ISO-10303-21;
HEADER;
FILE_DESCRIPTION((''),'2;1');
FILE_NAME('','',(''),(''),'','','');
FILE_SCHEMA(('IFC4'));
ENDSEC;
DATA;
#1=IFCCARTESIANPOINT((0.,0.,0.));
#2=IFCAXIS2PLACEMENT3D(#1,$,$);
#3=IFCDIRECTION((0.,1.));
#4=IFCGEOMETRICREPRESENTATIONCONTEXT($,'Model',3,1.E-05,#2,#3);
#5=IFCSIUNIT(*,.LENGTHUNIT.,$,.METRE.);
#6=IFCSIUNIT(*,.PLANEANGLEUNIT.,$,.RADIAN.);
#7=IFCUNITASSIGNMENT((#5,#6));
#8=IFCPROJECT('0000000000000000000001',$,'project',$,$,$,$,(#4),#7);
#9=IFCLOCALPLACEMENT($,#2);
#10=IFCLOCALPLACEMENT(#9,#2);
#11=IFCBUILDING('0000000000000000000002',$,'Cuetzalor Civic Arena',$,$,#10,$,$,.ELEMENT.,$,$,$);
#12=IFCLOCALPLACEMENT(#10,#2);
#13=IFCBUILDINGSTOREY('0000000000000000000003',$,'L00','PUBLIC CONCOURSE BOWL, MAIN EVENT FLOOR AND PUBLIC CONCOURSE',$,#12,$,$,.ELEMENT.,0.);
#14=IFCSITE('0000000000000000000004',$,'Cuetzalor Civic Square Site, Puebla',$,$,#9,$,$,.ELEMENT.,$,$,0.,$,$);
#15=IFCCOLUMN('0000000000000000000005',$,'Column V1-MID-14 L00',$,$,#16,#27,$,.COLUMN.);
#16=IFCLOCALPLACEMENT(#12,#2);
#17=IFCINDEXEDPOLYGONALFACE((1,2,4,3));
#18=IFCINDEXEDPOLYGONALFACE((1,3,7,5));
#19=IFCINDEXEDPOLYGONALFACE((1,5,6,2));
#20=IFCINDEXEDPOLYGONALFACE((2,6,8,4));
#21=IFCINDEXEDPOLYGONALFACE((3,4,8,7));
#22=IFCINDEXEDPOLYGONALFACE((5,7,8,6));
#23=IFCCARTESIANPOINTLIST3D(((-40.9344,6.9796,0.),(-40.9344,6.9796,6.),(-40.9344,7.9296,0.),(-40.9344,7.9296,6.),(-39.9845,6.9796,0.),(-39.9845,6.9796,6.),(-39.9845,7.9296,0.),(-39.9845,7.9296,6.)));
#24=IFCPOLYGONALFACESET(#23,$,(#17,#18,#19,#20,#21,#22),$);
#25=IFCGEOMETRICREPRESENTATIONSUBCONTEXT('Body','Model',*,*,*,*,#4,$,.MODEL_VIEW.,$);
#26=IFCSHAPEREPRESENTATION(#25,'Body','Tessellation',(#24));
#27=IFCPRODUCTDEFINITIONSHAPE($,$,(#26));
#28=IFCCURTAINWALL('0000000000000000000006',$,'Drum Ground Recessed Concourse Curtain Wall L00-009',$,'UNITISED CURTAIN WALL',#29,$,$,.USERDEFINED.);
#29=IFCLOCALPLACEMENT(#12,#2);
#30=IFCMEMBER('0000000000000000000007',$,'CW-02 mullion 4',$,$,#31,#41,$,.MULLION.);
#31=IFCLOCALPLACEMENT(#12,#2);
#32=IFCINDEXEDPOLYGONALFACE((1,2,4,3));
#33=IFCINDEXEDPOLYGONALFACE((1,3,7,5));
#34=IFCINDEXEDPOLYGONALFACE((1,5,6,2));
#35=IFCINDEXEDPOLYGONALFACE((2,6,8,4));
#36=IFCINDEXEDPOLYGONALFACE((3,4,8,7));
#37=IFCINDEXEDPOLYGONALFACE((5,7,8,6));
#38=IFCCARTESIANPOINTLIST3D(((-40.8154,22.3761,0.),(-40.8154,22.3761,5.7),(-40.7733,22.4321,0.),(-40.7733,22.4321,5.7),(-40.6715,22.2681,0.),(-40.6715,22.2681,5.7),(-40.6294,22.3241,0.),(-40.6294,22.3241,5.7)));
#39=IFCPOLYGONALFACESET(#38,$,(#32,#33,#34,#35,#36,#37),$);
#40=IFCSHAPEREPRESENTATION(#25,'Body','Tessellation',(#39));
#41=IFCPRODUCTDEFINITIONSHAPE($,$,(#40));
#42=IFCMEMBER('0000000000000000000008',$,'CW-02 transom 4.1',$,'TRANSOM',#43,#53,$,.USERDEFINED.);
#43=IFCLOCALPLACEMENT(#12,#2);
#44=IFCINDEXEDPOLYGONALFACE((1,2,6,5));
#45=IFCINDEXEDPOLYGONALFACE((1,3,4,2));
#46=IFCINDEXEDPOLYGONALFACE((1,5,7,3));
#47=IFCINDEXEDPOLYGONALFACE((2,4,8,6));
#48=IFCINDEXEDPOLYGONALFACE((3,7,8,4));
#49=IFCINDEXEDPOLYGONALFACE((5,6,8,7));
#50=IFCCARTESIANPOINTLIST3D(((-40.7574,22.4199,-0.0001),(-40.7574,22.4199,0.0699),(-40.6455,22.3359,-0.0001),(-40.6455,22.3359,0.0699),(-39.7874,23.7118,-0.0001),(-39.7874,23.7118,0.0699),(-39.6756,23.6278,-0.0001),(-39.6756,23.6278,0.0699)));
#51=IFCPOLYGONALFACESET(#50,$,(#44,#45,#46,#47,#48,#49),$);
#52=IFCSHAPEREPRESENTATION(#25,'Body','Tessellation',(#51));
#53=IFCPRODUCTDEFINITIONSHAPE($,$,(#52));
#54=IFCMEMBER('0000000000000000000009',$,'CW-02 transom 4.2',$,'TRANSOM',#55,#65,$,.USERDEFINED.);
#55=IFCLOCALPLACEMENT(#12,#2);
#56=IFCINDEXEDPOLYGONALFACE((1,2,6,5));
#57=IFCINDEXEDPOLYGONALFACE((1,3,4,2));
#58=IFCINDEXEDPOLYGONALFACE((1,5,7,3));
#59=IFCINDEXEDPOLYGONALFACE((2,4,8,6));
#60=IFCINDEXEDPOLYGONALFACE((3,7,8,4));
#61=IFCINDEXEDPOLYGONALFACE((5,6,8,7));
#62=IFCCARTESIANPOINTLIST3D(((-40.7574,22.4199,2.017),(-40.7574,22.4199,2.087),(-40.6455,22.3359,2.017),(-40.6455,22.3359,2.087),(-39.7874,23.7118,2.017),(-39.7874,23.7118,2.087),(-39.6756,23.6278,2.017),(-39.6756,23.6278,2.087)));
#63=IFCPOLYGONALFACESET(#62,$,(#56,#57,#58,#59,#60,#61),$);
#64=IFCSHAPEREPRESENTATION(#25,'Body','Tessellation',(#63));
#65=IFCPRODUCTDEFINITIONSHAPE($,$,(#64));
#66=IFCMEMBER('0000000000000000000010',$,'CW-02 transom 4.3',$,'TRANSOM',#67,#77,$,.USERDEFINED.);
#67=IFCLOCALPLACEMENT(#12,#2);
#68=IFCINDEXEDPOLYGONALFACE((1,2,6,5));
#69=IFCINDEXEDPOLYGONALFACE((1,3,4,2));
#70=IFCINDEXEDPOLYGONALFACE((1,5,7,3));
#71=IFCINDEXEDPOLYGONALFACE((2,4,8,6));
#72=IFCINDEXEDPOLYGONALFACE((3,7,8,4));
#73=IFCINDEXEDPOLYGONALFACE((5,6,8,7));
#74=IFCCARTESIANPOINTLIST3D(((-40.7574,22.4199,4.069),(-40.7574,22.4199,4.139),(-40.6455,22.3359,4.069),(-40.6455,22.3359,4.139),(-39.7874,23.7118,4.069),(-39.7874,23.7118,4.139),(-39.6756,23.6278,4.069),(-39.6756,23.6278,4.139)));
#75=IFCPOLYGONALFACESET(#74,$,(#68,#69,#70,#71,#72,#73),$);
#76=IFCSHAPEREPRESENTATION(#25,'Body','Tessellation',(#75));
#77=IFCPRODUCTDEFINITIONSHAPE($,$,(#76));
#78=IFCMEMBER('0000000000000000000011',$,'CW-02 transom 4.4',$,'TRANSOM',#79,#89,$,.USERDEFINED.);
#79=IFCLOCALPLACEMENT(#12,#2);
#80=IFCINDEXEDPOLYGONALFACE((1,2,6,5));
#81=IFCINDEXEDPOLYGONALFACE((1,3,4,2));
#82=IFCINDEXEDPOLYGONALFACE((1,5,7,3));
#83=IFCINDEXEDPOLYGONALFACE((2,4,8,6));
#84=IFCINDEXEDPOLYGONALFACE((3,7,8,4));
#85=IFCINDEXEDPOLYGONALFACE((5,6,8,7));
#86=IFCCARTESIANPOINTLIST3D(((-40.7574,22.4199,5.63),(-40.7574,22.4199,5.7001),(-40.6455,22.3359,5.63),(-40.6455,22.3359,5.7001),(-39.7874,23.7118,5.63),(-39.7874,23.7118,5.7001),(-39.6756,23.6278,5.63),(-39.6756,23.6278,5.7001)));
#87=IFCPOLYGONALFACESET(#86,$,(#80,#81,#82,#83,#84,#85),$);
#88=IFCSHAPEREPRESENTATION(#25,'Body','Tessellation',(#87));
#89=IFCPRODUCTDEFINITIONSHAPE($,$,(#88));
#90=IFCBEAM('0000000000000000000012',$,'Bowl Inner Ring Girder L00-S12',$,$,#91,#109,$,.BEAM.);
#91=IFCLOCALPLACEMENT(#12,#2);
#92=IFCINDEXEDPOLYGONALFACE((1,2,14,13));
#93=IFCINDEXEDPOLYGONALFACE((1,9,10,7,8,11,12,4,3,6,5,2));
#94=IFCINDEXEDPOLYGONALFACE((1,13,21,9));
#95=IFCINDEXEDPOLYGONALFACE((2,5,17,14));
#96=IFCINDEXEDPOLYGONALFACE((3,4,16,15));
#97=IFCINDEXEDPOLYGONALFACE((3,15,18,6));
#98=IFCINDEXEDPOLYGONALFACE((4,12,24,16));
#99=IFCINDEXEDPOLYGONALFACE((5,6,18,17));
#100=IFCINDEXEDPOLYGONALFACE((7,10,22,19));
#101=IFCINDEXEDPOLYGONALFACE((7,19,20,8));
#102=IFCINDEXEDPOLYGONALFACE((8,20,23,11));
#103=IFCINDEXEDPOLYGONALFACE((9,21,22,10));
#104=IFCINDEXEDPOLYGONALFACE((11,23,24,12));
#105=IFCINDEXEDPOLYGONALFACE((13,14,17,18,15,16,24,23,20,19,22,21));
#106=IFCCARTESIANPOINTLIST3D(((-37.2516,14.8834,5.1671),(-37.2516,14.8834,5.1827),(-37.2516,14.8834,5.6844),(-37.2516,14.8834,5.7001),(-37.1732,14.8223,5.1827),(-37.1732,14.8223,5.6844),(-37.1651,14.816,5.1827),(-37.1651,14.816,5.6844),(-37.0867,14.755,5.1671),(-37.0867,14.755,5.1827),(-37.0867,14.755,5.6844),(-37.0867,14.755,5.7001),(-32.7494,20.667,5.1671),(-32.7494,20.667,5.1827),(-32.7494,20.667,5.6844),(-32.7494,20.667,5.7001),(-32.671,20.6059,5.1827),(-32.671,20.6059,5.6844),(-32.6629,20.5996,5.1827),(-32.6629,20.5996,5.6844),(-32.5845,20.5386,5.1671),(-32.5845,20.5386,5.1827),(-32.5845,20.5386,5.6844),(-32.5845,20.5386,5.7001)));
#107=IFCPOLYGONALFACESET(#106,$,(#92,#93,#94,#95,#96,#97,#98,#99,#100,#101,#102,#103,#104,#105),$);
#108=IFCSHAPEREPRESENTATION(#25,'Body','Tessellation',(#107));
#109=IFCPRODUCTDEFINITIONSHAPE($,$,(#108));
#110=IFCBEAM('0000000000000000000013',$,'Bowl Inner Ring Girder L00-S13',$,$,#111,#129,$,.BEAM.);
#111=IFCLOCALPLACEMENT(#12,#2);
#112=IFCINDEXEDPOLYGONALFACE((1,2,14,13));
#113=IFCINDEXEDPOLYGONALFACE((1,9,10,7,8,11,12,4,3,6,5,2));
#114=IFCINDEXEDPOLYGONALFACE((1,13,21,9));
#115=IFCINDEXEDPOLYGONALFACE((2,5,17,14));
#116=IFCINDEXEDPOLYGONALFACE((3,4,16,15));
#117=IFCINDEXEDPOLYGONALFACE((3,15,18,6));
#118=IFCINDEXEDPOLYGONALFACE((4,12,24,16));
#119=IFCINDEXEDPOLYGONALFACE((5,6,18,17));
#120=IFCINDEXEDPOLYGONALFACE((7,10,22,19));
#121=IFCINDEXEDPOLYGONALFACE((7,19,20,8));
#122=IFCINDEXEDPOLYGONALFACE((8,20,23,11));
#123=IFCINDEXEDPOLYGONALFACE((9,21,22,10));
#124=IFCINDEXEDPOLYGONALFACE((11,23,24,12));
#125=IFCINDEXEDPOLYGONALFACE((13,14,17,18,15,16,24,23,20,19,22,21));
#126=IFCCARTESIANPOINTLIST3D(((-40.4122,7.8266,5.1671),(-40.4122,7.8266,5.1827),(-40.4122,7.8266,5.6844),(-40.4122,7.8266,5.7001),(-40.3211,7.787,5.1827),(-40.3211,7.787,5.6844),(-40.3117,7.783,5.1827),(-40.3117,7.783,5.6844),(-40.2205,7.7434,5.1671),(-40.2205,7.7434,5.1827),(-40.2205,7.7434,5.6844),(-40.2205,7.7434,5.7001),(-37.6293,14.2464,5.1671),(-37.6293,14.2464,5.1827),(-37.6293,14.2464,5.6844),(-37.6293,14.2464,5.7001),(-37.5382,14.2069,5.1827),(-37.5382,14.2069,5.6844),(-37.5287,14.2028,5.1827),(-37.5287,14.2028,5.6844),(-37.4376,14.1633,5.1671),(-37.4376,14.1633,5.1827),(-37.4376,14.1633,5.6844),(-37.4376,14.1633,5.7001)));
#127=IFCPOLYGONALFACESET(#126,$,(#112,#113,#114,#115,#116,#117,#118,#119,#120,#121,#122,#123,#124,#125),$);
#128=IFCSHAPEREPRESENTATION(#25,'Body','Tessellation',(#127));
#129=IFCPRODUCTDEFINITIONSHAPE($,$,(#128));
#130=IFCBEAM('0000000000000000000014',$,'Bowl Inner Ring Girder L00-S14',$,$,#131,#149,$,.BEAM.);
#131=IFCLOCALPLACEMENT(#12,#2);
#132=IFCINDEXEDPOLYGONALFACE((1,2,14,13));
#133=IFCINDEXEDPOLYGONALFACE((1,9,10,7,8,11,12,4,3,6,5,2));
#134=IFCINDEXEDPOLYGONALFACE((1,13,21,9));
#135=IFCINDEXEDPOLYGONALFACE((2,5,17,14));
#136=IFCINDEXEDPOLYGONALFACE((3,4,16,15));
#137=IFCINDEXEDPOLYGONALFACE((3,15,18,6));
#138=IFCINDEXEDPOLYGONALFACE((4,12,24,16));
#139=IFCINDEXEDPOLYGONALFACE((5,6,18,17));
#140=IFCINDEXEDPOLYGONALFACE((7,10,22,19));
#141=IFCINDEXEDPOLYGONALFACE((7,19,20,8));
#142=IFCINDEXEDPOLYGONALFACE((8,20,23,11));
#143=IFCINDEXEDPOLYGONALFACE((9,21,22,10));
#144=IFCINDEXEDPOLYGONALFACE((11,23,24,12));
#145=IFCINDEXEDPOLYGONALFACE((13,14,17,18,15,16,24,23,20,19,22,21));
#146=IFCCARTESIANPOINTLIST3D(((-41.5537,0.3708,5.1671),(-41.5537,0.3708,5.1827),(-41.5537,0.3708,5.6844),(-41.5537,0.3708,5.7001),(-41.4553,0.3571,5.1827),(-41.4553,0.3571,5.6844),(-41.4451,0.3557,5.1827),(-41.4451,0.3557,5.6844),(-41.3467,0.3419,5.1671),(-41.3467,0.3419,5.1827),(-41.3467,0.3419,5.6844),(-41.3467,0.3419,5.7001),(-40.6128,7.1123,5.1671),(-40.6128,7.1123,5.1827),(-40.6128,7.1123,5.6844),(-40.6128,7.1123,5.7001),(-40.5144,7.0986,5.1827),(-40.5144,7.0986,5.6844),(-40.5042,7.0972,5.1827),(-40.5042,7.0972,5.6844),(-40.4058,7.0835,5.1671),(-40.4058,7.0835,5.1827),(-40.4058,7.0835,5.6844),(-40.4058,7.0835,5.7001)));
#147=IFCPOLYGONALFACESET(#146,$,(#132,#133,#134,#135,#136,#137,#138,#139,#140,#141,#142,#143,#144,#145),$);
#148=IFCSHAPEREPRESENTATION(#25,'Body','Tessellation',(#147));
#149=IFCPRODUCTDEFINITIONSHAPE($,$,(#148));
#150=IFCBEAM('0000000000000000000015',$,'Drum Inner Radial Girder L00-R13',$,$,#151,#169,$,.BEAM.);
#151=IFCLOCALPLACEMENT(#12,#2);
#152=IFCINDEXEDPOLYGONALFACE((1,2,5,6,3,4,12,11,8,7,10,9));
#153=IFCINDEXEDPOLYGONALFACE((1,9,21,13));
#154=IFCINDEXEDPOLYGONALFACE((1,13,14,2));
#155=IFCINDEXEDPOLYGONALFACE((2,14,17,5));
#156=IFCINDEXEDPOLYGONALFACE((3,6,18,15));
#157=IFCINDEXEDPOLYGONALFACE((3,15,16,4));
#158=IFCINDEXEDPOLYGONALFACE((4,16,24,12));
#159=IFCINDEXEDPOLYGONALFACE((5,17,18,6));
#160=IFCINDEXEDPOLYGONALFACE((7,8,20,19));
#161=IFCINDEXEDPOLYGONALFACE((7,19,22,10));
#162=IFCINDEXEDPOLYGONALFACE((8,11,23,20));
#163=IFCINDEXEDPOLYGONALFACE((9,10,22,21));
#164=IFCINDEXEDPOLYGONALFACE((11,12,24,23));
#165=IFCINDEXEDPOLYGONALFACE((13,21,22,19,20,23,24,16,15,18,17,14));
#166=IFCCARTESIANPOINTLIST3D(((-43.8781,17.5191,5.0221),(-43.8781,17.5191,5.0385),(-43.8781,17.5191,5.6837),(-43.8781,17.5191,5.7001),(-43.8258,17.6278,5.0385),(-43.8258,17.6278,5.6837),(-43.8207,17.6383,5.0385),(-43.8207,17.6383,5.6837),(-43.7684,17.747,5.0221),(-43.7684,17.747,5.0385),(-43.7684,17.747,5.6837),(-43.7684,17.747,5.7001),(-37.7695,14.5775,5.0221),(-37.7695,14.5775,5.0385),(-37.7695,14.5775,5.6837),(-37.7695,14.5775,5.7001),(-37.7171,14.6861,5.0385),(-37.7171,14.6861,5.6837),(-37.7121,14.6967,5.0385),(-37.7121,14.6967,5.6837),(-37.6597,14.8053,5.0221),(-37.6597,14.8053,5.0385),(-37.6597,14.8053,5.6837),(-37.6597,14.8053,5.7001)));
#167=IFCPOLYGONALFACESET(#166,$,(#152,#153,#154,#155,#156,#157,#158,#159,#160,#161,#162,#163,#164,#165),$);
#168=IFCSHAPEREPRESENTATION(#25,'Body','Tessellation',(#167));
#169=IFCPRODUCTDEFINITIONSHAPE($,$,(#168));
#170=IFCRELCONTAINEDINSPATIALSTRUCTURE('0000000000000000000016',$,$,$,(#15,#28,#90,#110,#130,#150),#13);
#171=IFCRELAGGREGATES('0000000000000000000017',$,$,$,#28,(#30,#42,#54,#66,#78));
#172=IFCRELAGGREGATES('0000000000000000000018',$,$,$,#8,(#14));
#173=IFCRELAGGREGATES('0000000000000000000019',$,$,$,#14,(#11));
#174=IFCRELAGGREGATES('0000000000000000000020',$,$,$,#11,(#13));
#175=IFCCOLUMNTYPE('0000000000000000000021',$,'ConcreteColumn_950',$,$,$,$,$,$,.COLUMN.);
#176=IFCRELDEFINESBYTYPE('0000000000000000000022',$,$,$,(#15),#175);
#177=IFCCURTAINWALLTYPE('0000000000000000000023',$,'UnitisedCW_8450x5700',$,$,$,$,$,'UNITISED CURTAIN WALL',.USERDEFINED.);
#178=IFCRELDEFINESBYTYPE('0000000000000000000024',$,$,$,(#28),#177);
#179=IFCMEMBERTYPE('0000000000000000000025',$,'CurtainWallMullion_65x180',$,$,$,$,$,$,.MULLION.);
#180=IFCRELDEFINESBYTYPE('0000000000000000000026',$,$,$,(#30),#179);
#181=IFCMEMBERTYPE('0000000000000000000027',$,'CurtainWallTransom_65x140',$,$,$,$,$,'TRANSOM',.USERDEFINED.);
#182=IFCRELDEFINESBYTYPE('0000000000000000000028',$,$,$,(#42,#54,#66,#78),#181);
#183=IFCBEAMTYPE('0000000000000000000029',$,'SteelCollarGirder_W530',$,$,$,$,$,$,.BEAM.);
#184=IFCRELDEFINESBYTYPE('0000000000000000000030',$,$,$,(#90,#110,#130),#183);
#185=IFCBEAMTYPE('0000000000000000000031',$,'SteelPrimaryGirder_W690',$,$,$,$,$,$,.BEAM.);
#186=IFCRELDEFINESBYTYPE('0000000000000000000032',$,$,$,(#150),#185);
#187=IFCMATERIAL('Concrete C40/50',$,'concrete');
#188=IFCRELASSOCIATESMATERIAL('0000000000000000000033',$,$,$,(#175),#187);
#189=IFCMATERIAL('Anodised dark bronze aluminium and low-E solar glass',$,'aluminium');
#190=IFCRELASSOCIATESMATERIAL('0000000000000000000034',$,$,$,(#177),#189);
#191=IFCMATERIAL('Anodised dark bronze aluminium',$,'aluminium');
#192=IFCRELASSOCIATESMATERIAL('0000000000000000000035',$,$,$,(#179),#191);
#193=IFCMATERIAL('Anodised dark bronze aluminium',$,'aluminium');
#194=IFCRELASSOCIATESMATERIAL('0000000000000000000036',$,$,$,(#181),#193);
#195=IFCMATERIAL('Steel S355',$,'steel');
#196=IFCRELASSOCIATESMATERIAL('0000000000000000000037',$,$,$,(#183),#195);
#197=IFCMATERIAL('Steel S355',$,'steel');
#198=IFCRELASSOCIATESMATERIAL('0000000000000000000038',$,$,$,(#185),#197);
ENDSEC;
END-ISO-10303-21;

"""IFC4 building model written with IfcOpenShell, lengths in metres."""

from ifc_helpers import new_model, si_unit, direction, frame, origin, origin_2d, place, context, subcontext, project, spatial, rectangle, i_section, extrude, material, material_profile, profile_set, type_object, element, aggregate, save


model = new_model("IFC4")

# Units and contexts
model_context = context("Model", 3, precision=1e-05, world=origin(), true_north=direction((0.0, 1.0)))
body_context = subcontext(model_context, "Body", "Model", "MODEL_VIEW")
ifc_project = project(units=[si_unit("LENGTHUNIT", "METRE"), si_unit("PLANEANGLEUNIT", "RADIAN")], contexts=[model_context])

# Site, building, storey
site_placement = place(None, origin())
site = spatial("IfcSite", under=ifc_project, at=site_placement, Name="Cuetzalor Civic Square Site, Puebla", CompositionType="ELEMENT", RefElevation=0.0)
building_placement = place(site_placement, origin())
building = spatial("IfcBuilding", under=site, at=building_placement, Name="Cuetzalor Civic Arena", CompositionType="ELEMENT")
storey_placement = place(building_placement, origin())
storey = spatial("IfcBuildingStorey", under=building, at=storey_placement, Name="L00", Description="PUBLIC CONCOURSE BOWL, MAIN EVENT FLOOR AND PUBLIC CONCOURSE", CompositionType="ELEMENT", Elevation=0.0)

# Column
ifc_material_1 = material(Name="Concrete C40/50", Category="concrete")
ifc_material_profile_1 = material_profile(ifc_material_1, rectangle(XDim=0.95, YDim=0.95, at=origin_2d()), Name="RC 950x950")
ifc_profile_set_1 = profile_set([ifc_material_profile_1], Name="Concrete C40/50")
column_type = type_object("IfcColumnType", Name="ConcreteColumn_950", PredefinedType="COLUMN", material=ifc_profile_set_1)
for number, where, z_axis, x_axis, name in (
    (1, (-40.4595, 7.4546, 0.0), (0.0, 0.0, 1.0), (1.0, 0.0, 0.0), "Column V1-MID-14 L00"),
):
    element("IfcColumn", number, at=place(storey_placement, frame(where, z_axis=z_axis, x_axis=x_axis)), inside=storey, type_object=column_type, Name=name, PredefinedType="COLUMN", context=body_context, shape_type="SweptSolid", body=[
        extrude(rectangle(XDim=0.95, YDim=0.95, at=origin_2d()), origin(), (0.0, 0.0, 1.0), 6.0),
    ])

# Curtain wall, members
ifc_material_2 = material(Name="Anodised dark bronze aluminium and low-E solar glass", Category="aluminium")
curtain_wall_type = type_object("IfcCurtainWallType", Name="UnitisedCW_8450x5700", ElementType="UNITISED CURTAIN WALL", PredefinedType="USERDEFINED", material=ifc_material_2)
curtain_wall_placement = place(storey_placement, origin())
curtain_wall = element("IfcCurtainWall", 2, at=curtain_wall_placement, inside=storey, type_object=curtain_wall_type, Name="Drum Ground Recessed Concourse Curtain Wall L00-009", ObjectType="UNITISED CURTAIN WALL", PredefinedType="USERDEFINED")
ifc_material_3 = material(Name="Anodised dark bronze aluminium", Category="aluminium")
ifc_material_profile_2 = material_profile(ifc_material_3, rectangle(XDim=0.0701, YDim=0.1799, at=origin_2d()), Name="ALU MULLION 70x180")
ifc_profile_set_2 = profile_set([ifc_material_profile_2], Name="Anodised dark bronze aluminium")
member_type_1 = type_object("IfcMemberType", Name="CurtainWallMullion_65x180", PredefinedType="MULLION", material=ifc_profile_set_2)
member_1_placement = place(storey_placement, frame((-40.7224, 22.3501, 0.0), z_axis=(0.0, 0.0, 1.0), x_axis=(0.600492, 0.799631, 0.0)))
member_1 = element("IfcMember", 3, at=member_1_placement, type_object=member_type_1, Name="CW-02 mullion 4", PredefinedType="MULLION", context=body_context, shape_type="SweptSolid", body=[
    extrude(rectangle(XDim=0.0701, YDim=0.1799, at=origin_2d()), origin(), (0.0, 0.0, 1.0), 5.7),
])
ifc_material_4 = material(Name="Anodised dark bronze aluminium", Category="aluminium")
ifc_material_profile_3 = material_profile(ifc_material_4, rectangle(XDim=0.1399, YDim=0.0701, at=origin_2d()), Name="ALU TRANSOM 70x140")
ifc_profile_set_3 = profile_set([ifc_material_profile_3], Name="Anodised dark bronze aluminium")
member_type_2 = type_object("IfcMemberType", Name="CurtainWallTransom_65x140", ElementType="TRANSOM", PredefinedType="USERDEFINED", material=ifc_profile_set_3)
member_2_placement = place(storey_placement, frame((-40.7014, 22.3779, 0.0349), z_axis=(0.600387, 0.79971, 0.0), x_axis=(-0.79971, 0.600387, 0.0)))
member_2 = element("IfcMember", 4, at=member_2_placement, type_object=member_type_2, Name="CW-02 transom 4.1", ObjectType="TRANSOM", PredefinedType="USERDEFINED", context=body_context, shape_type="SweptSolid", body=[
    extrude(rectangle(XDim=0.1399, YDim=0.0701, at=origin_2d()), origin(), (0.0, 0.0, 1.0), 1.6155),
])
member_3_placement = place(storey_placement, frame((-40.7014, 22.3779, 2.052), z_axis=(0.600387, 0.79971, 0.0), x_axis=(-0.79971, 0.600387, 0.0)))
member_3 = element("IfcMember", 5, at=member_3_placement, type_object=member_type_2, Name="CW-02 transom 4.2", ObjectType="TRANSOM", PredefinedType="USERDEFINED", context=body_context, shape_type="SweptSolid", body=[
    extrude(rectangle(XDim=0.1399, YDim=0.0701, at=origin_2d()), origin(), (0.0, 0.0, 1.0), 1.6155),
])
member_4_placement = place(storey_placement, frame((-40.7014, 22.3779, 4.104), z_axis=(0.600387, 0.79971, 0.0), x_axis=(-0.79971, 0.600387, 0.0)))
member_4 = element("IfcMember", 6, at=member_4_placement, type_object=member_type_2, Name="CW-02 transom 4.3", ObjectType="TRANSOM", PredefinedType="USERDEFINED", context=body_context, shape_type="SweptSolid", body=[
    extrude(rectangle(XDim=0.1399, YDim=0.0701, at=origin_2d()), origin(), (0.0, 0.0, 1.0), 1.6155),
])
member_5_placement = place(storey_placement, frame((-40.7014, 22.3779, 5.665), z_axis=(0.600387, 0.79971, 0.0), x_axis=(-0.79971, 0.600387, 0.0)))
member_5 = element("IfcMember", 7, at=member_5_placement, type_object=member_type_2, Name="CW-02 transom 4.4", ObjectType="TRANSOM", PredefinedType="USERDEFINED", context=body_context, shape_type="SweptSolid", body=[
    extrude(rectangle(XDim=0.1399, YDim=0.0701, at=origin_2d()), origin(), (0.0, 0.0, 1.0), 1.6155),
])

# Beams
ifc_material_5 = material(Name="Steel S355", Category="steel")
ifc_material_profile_4 = material_profile(ifc_material_5, i_section(OverallWidth=0.209, OverallDepth=0.533, WebThickness=0.0103, FlangeThickness=0.0156, at=origin_2d()), Name="W530x92")
ifc_profile_set_4 = profile_set([ifc_material_profile_4], Name="Steel S355")
beam_type_1 = type_object("IfcBeamType", Name="SteelCollarGirder_W530", PredefinedType="BEAM", material=ifc_profile_set_4)
beam_1_placement = place(storey_placement, frame((-32.667, 20.6028, 5.4336), z_axis=(-0.614261, -0.789103, 0.0), x_axis=(0.789103, -0.614261, 0.0)))
element("IfcBeam", 8, at=beam_1_placement, inside=storey, type_object=beam_type_1, Name="Bowl Inner Ring Girder L00-S12", PredefinedType="BEAM", context=body_context, shape_type="SweptSolid", body=[
    extrude(i_section(OverallWidth=0.209, OverallDepth=0.533, WebThickness=0.0103, FlangeThickness=0.0156, at=origin_2d()), origin(), (0.0, 0.0, 1.0), 7.3293),
])
beam_2_placement = place(storey_placement, frame((-37.5334, 14.2048, 5.4336), z_axis=(-0.397727, -0.917504, 0.0), x_axis=(0.917504, -0.397727, 0.0)))
element("IfcBeam", 9, at=beam_2_placement, inside=storey, type_object=beam_type_1, Name="Bowl Inner Ring Girder L00-S13", PredefinedType="BEAM", context=body_context, shape_type="SweptSolid", body=[
    extrude(i_section(OverallWidth=0.209, OverallDepth=0.533, WebThickness=0.0103, FlangeThickness=0.0156, at=origin_2d()), origin(), (0.0, 0.0, 1.0), 6.9971),
])
beam_3_placement = place(storey_placement, frame((-40.5093, 7.0979, 5.4336), z_axis=(-0.138232, -0.9904, 0.0), x_axis=(0.9904, -0.138232, 0.0)))
element("IfcBeam", 10, at=beam_3_placement, inside=storey, type_object=beam_type_1, Name="Bowl Inner Ring Girder L00-S14", PredefinedType="BEAM", context=body_context, shape_type="SweptSolid", body=[
    extrude(i_section(OverallWidth=0.209, OverallDepth=0.533, WebThickness=0.0103, FlangeThickness=0.0156, at=origin_2d()), origin(), (0.0, 0.0, 1.0), 6.8069),
])
ifc_material_6 = material(Name="Steel S355", Category="steel")
ifc_material_profile_5 = material_profile(ifc_material_6, i_section(OverallWidth=0.2529, OverallDepth=0.678, WebThickness=0.0117, FlangeThickness=0.0164, at=origin_2d()), Name="W690x125")
ifc_profile_set_5 = profile_set([ifc_material_profile_5], Name="Steel S355")
beam_type_2 = type_object("IfcBeamType", Name="SteelPrimaryGirder_W690", PredefinedType="BEAM", material=ifc_profile_set_5)
beam_4_placement = place(storey_placement, frame((-37.7146, 14.6914, 5.3611), z_axis=(-0.900976, 0.43387, 0.0), x_axis=(-0.43387, -0.900976, 0.0)))
element("IfcBeam", 11, at=beam_4_placement, inside=storey, type_object=beam_type_2, Name="Drum Inner Radial Girder L00-R13", PredefinedType="BEAM", context=body_context, shape_type="SweptSolid", body=[
    extrude(i_section(OverallWidth=0.2529, OverallDepth=0.678, WebThickness=0.0117, FlangeThickness=0.0164, at=origin_2d()), origin(), (0.0, 0.0, 1.0), 6.78),
])

aggregate(curtain_wall, [member_1, member_2, member_3, member_4, member_5])

save(model, "model.ifc")
